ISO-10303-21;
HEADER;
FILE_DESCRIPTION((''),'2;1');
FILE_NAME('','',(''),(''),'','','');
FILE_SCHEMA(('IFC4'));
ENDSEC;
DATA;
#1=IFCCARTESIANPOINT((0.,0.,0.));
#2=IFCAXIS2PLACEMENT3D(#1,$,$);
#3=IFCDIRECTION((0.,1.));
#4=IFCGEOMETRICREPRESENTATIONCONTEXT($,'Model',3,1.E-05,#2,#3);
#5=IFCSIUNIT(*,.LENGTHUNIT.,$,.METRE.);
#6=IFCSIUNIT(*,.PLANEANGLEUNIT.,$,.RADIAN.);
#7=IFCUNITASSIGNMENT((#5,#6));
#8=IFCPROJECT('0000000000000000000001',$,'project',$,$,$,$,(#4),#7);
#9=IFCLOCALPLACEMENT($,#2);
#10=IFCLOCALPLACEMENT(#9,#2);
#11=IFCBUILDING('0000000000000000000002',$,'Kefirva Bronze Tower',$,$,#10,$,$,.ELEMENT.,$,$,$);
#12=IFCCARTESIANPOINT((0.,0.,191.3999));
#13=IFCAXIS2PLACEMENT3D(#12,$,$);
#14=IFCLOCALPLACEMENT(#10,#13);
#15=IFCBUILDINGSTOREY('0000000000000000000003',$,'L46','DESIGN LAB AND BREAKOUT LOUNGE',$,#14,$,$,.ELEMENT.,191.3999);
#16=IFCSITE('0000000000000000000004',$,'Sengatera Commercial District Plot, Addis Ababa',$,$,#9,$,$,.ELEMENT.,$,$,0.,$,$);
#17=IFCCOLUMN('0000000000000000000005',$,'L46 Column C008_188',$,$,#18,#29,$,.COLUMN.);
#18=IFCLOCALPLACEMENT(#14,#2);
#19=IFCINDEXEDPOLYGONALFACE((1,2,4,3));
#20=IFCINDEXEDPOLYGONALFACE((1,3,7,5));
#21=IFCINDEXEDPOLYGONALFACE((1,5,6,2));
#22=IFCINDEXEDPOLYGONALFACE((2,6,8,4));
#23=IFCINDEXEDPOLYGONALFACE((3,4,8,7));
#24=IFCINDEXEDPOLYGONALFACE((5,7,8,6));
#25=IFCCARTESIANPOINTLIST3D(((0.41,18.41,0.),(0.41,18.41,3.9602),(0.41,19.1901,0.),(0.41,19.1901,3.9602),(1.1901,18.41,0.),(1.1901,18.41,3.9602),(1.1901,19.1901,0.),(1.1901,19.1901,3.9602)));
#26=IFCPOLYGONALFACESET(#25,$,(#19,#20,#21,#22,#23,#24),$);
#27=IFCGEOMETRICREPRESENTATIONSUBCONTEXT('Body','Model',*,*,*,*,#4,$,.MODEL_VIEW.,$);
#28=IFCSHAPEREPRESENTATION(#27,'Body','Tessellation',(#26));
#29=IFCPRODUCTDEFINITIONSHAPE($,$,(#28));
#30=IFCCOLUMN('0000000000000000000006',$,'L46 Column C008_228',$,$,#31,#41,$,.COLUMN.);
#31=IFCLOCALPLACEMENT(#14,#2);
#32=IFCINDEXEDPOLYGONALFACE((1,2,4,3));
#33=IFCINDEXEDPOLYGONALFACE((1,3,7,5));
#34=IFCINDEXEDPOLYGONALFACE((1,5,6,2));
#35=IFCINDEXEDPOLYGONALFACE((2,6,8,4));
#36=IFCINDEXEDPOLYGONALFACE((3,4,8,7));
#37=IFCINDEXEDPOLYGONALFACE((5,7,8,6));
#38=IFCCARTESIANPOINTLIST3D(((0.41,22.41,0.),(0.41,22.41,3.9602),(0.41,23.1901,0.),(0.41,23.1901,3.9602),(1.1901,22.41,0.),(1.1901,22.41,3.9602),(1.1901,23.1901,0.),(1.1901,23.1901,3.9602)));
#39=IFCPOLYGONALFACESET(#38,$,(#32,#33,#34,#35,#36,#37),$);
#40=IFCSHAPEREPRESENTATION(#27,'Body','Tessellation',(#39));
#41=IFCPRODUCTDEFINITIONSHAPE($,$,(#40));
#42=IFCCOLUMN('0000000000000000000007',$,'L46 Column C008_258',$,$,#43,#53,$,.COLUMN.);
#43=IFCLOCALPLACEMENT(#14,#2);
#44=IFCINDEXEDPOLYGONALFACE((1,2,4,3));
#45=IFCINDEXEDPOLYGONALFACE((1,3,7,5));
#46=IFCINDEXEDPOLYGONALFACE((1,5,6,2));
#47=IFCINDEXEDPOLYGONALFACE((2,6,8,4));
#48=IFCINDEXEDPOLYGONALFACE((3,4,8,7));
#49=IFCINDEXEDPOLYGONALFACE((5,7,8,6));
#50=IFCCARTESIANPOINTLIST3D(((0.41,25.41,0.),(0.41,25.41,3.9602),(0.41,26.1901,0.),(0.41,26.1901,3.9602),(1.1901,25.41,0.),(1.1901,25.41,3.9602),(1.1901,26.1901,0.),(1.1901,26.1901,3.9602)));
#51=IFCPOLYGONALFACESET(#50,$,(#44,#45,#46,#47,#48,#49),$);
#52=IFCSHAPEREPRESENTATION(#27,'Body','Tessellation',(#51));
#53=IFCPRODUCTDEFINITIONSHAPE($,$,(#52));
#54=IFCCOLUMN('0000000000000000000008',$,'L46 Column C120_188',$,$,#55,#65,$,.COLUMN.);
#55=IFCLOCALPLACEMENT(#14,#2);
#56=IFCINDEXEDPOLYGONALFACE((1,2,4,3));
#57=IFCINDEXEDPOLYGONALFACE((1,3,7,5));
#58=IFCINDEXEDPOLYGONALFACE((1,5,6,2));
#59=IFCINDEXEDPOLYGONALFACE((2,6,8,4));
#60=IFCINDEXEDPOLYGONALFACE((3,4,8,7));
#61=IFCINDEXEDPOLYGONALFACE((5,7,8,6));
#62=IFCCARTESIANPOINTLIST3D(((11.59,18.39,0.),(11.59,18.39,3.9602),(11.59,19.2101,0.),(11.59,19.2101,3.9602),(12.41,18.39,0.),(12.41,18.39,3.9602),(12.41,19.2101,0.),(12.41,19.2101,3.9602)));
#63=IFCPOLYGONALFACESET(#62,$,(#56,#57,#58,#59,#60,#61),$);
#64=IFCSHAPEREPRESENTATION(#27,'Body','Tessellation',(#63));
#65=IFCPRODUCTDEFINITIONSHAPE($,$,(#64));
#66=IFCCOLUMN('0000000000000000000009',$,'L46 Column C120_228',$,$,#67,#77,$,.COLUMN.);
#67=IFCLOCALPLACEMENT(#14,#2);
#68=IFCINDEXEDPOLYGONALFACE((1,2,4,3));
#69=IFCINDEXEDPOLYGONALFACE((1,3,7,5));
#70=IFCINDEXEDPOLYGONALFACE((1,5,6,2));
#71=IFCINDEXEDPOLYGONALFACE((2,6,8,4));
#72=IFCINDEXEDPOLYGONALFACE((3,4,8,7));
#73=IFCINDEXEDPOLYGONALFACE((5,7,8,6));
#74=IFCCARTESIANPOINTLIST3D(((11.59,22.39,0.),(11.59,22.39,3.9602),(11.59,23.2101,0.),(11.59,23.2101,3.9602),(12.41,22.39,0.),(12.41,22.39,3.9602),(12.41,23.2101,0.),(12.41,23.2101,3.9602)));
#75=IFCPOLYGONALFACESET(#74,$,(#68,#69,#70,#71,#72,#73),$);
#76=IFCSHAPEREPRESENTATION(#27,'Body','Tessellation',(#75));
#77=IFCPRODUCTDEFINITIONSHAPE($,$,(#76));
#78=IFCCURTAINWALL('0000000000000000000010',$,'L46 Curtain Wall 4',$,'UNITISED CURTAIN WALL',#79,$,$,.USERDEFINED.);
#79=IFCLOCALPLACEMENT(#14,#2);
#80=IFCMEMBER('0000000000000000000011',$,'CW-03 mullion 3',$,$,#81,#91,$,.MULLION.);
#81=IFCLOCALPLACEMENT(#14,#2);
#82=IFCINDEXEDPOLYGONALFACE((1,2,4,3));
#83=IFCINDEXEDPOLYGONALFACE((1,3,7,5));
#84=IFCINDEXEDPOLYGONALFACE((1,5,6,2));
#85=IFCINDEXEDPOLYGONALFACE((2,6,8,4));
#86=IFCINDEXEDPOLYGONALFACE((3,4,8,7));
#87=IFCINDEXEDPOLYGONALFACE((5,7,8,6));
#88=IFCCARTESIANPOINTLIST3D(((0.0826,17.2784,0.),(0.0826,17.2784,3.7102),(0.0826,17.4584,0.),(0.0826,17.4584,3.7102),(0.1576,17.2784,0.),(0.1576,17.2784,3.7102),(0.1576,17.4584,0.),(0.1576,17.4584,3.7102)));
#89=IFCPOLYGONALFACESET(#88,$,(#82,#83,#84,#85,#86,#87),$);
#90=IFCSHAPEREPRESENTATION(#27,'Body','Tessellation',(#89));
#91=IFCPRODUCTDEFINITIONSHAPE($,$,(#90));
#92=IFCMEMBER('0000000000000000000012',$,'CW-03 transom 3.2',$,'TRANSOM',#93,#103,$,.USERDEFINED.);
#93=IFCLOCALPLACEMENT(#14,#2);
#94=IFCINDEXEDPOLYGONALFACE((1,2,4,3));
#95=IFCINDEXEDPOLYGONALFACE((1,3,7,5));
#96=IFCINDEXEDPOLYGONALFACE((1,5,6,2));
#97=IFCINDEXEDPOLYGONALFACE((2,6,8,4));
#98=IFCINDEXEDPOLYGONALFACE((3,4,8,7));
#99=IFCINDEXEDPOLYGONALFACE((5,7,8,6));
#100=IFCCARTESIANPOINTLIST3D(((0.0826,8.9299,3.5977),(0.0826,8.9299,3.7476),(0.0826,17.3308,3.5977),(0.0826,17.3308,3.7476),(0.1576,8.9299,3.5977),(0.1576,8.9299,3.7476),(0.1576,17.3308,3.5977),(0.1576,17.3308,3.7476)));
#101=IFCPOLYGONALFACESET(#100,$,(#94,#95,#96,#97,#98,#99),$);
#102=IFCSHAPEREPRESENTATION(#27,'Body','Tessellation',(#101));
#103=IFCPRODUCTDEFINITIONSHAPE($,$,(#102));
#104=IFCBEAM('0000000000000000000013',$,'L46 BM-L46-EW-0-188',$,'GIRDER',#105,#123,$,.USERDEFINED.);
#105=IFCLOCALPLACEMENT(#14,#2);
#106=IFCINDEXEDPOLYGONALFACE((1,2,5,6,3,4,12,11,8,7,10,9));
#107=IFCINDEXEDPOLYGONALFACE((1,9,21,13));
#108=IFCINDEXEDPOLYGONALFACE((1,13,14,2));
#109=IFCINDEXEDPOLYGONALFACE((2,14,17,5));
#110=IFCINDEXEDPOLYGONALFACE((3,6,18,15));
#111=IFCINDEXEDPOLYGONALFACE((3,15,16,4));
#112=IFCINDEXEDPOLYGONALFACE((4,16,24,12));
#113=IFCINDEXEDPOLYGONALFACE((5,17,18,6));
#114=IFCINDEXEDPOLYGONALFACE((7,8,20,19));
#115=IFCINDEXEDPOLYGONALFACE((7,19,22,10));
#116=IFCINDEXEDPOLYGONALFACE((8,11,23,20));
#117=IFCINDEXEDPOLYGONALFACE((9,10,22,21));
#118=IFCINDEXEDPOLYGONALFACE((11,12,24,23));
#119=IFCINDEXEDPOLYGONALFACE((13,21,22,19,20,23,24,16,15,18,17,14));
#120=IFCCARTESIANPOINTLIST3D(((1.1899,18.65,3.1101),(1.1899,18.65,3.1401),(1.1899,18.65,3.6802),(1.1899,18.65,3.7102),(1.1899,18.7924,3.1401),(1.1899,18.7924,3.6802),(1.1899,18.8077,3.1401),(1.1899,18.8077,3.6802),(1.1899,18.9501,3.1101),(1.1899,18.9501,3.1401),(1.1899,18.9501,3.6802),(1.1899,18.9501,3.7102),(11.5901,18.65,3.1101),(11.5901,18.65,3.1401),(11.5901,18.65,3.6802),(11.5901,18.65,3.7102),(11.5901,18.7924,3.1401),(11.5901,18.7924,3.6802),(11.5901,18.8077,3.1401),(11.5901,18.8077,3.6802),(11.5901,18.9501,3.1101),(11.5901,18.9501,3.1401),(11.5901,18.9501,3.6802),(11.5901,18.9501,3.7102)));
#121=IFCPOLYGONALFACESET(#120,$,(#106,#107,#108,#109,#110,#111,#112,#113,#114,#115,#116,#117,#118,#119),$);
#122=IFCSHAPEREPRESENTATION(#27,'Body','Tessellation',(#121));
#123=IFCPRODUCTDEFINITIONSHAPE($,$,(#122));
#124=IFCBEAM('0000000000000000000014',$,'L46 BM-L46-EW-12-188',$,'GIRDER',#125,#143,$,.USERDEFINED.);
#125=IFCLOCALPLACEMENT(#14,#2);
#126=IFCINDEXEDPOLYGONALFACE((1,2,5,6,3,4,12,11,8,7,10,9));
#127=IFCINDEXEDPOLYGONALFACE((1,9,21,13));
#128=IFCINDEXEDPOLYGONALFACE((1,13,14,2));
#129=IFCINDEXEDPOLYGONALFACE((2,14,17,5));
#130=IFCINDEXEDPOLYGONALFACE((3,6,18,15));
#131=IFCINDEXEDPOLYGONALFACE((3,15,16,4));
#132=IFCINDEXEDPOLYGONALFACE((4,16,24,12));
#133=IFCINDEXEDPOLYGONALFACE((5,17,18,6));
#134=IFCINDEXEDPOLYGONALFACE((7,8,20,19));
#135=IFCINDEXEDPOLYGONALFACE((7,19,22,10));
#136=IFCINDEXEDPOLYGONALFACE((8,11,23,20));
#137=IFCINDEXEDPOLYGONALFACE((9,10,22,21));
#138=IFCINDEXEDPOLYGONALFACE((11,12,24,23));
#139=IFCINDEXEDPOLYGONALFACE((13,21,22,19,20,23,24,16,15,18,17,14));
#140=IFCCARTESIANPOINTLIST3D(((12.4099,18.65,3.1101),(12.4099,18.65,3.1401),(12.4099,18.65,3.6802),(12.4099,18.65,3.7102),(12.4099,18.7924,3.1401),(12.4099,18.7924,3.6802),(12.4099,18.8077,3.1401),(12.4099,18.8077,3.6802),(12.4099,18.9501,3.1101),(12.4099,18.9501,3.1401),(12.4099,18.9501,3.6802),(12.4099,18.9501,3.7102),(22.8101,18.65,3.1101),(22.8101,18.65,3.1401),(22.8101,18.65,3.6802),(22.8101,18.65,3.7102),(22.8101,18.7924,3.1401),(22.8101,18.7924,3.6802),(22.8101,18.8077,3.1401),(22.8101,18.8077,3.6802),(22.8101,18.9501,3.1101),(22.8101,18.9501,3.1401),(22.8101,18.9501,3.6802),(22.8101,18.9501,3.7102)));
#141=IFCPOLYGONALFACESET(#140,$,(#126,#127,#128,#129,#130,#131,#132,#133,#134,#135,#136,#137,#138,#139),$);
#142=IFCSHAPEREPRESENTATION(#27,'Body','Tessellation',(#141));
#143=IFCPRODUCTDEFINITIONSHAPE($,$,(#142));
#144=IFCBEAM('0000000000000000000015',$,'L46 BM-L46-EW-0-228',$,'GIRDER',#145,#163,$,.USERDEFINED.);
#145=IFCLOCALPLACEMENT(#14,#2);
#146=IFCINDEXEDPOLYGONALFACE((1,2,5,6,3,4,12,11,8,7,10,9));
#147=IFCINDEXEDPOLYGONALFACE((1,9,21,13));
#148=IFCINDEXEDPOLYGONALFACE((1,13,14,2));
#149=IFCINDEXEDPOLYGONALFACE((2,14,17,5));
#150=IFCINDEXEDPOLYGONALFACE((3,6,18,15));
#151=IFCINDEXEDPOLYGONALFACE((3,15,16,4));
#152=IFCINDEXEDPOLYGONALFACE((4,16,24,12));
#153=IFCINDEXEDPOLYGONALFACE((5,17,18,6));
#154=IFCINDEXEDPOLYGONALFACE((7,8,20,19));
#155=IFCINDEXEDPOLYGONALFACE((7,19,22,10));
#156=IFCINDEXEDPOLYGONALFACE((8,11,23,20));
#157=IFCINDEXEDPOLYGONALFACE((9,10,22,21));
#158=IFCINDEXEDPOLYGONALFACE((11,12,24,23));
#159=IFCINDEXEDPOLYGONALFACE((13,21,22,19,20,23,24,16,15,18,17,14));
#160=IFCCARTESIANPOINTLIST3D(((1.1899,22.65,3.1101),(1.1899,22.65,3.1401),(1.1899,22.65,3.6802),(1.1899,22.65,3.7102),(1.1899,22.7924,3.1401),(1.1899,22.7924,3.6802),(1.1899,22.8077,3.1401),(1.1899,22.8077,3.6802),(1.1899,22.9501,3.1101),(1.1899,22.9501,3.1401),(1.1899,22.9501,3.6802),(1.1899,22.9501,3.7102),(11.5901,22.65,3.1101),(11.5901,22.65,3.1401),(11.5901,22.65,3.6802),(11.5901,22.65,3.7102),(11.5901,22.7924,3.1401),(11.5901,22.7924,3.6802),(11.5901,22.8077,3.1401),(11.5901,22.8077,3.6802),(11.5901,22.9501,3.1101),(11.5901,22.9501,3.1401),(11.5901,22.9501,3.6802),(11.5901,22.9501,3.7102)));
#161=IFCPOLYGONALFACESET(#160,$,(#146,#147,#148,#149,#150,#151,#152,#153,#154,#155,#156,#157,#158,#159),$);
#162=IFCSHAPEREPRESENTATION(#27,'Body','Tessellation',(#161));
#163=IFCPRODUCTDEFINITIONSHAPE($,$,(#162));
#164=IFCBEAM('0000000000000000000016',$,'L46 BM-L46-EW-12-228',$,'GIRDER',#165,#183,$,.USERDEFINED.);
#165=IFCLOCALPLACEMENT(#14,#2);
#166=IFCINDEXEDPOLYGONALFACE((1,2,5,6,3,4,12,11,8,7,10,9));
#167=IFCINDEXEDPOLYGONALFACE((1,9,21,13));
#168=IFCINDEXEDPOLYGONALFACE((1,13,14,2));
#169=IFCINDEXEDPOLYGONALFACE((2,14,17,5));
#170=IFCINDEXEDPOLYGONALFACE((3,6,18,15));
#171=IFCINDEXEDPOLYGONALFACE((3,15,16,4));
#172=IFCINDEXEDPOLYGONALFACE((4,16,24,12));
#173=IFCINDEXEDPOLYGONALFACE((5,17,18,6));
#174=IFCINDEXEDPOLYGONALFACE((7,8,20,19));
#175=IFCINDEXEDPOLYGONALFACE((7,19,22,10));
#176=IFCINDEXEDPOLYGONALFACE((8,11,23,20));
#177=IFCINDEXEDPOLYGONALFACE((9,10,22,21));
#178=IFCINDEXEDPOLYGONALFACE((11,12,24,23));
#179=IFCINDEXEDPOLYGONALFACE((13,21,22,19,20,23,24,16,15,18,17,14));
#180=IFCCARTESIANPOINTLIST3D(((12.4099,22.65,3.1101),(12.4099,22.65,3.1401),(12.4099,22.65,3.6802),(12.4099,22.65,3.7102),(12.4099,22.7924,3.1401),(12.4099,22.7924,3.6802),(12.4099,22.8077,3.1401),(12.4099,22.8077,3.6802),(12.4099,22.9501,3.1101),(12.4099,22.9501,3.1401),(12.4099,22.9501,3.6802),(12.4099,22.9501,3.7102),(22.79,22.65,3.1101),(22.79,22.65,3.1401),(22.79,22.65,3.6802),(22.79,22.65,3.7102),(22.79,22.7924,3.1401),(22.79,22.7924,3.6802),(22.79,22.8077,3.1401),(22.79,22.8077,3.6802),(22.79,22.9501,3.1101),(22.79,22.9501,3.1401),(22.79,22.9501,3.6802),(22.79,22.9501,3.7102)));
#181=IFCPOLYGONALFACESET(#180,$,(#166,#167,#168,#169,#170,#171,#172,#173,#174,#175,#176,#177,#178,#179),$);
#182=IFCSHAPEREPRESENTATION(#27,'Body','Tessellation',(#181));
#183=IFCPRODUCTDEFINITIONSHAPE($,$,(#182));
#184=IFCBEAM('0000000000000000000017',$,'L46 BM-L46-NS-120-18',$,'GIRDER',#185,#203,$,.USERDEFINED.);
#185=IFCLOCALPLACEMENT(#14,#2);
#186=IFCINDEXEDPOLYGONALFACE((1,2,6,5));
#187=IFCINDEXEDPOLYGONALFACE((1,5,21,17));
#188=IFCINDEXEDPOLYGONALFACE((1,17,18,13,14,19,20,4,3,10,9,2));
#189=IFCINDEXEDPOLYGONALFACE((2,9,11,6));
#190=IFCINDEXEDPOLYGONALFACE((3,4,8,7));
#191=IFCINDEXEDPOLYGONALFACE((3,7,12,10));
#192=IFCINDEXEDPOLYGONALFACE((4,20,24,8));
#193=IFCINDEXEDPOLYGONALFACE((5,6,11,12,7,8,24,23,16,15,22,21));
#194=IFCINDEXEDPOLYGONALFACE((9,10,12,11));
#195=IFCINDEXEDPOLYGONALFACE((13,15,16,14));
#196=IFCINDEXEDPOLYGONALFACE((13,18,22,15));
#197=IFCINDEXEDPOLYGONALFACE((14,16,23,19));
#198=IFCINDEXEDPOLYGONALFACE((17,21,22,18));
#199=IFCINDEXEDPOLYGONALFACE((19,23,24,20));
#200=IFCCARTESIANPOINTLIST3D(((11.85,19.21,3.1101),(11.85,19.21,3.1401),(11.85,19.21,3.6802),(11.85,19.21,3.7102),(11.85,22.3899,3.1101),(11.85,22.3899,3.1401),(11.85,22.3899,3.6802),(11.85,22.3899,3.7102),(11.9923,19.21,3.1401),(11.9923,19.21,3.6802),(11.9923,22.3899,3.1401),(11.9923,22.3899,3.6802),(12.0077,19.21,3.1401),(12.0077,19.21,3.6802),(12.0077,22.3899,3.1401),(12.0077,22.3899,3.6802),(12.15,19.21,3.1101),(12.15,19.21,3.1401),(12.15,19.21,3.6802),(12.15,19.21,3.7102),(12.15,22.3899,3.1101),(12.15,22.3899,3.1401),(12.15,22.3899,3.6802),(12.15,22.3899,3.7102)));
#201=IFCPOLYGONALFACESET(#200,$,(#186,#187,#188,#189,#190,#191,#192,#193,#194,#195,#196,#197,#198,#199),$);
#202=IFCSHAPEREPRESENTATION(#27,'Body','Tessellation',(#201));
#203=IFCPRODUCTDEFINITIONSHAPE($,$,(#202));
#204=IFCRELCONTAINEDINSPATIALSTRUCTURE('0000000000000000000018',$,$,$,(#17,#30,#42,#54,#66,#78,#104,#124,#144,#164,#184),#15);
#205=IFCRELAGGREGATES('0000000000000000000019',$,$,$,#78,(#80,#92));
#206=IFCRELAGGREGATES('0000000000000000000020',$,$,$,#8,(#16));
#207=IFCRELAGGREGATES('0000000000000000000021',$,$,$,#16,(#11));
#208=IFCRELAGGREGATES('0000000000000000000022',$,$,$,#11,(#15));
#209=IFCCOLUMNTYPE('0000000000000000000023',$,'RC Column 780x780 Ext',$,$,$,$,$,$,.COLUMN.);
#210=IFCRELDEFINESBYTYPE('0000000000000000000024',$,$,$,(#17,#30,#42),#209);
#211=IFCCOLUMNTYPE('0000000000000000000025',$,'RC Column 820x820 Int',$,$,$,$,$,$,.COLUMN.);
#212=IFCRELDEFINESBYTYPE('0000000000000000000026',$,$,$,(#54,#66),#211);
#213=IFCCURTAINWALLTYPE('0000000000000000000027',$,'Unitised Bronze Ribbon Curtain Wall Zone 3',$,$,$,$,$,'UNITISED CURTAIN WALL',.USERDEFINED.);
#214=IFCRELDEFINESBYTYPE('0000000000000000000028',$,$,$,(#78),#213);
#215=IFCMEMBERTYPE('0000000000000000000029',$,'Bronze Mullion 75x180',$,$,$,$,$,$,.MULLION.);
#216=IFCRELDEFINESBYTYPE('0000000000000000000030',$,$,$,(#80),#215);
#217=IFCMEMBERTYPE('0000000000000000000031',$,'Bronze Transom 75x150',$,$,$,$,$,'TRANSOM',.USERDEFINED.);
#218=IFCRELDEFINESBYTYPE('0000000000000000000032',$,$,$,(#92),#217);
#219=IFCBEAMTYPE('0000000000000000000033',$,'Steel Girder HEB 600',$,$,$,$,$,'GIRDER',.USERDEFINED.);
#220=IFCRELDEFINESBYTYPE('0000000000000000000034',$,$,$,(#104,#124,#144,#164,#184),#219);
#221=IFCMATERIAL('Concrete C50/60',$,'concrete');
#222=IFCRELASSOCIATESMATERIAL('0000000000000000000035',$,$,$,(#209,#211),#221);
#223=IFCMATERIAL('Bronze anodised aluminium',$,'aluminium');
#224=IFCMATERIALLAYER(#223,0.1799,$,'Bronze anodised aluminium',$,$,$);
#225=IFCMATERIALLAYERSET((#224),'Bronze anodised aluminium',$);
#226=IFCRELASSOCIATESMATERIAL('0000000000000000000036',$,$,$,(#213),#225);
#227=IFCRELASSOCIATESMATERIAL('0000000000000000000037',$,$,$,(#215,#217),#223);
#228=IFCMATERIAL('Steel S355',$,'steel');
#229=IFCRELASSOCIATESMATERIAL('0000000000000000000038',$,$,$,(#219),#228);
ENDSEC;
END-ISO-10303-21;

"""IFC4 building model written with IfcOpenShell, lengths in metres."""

from ifc_helpers import new_model, si_unit, direction, frame, origin, origin_2d, place, context, subcontext, project, spatial, rectangle, i_section, extrude, material, layer, layer_set, material_profile, profile_set, type_object, element, aggregate, save


model = new_model("IFC4")

# Units and contexts
model_context = context("Model", 3, precision=1e-05, world=origin(), true_north=direction((0.0, 1.0)))
body_context = subcontext(model_context, "Body", "Model", "MODEL_VIEW")
ifc_project = project(units=[si_unit("LENGTHUNIT", "METRE"), si_unit("PLANEANGLEUNIT", "RADIAN")], contexts=[model_context])

# Site, building, storey
site_placement = place(None, origin())
site = spatial("IfcSite", under=ifc_project, at=site_placement, Name="Sengatera Commercial District Plot, Addis Ababa", CompositionType="ELEMENT", RefElevation=0.0)
building_placement = place(site_placement, origin())
building = spatial("IfcBuilding", under=site, at=building_placement, Name="Kefirva Bronze Tower", CompositionType="ELEMENT")
storey_placement = place(building_placement, frame((0.0, 0.0, 191.3999)))
storey = spatial("IfcBuildingStorey", under=building, at=storey_placement, Name="L46", Description="DESIGN LAB AND BREAKOUT LOUNGE", CompositionType="ELEMENT", Elevation=191.3999)

# Columns
ifc_material_1 = material(Name="Concrete C50/60", Category="concrete")
ifc_material_profile_1 = material_profile(ifc_material_1, rectangle(XDim=0.78, YDim=0.78, at=origin_2d()), Name="RC 780x780")
ifc_profile_set_1 = profile_set([ifc_material_profile_1], Name="Concrete C50/60")
column_type_1 = type_object("IfcColumnType", Name="RC Column 780x780 Ext", PredefinedType="COLUMN", material=ifc_profile_set_1)
for number, where, z_axis, x_axis, name in (
    (1, (0.8, 18.8, 0.0), (0.0, 0.0, 1.0), (1.0, 0.0, 0.0), "L46 Column C008_188"),
    (2, (0.8, 22.8, 0.0), (0.0, 0.0, 1.0), (1.0, 0.0, 0.0), "L46 Column C008_228"),
    (3, (0.8, 25.8, 0.0), (0.0, 0.0, 1.0), (1.0, 0.0, 0.0), "L46 Column C008_258"),
):
    element("IfcColumn", number, at=place(storey_placement, frame(where, z_axis=z_axis, x_axis=x_axis)), inside=storey, type_object=column_type_1, Name=name, PredefinedType="COLUMN", context=body_context, shape_type="SweptSolid", body=[
        extrude(rectangle(XDim=0.78, YDim=0.78, at=origin_2d()), origin(), (0.0, 0.0, 1.0), 3.9602),
    ])
ifc_material_profile_2 = material_profile(ifc_material_1, rectangle(XDim=0.8201, YDim=0.8201, at=origin_2d()), Name="RC 820x820")
ifc_profile_set_2 = profile_set([ifc_material_profile_2], Name="Concrete C50/60")
column_type_2 = type_object("IfcColumnType", Name="RC Column 820x820 Int", PredefinedType="COLUMN", material=ifc_profile_set_2)
for number, where, z_axis, x_axis, name in (
    (4, (12.0, 18.8, 0.0), (0.0, 0.0, 1.0), (1.0, 0.0, 0.0), "L46 Column C120_188"),
    (5, (12.0, 22.8, 0.0), (0.0, 0.0, 1.0), (1.0, 0.0, 0.0), "L46 Column C120_228"),
):
    element("IfcColumn", number, at=place(storey_placement, frame(where, z_axis=z_axis, x_axis=x_axis)), inside=storey, type_object=column_type_2, Name=name, PredefinedType="COLUMN", context=body_context, shape_type="SweptSolid", body=[
        extrude(rectangle(XDim=0.8201, YDim=0.8201, at=origin_2d()), origin(), (0.0, 0.0, 1.0), 3.9602),
    ])

# Curtain wall, members
ifc_material_2 = material(Name="Bronze anodised aluminium", Category="aluminium")
ifc_layer_1 = layer(ifc_material_2, 0.1799, Name="Bronze anodised aluminium")
ifc_layer_set_1 = layer_set([ifc_layer_1], Name="Bronze anodised aluminium")
curtain_wall_type = type_object("IfcCurtainWallType", Name="Unitised Bronze Ribbon Curtain Wall Zone 3", ElementType="UNITISED CURTAIN WALL", PredefinedType="USERDEFINED", material=ifc_layer_set_1)
curtain_wall_placement = place(storey_placement, origin())
curtain_wall = element("IfcCurtainWall", 6, at=curtain_wall_placement, inside=storey, type_object=curtain_wall_type, Name="L46 Curtain Wall 4", ObjectType="UNITISED CURTAIN WALL", PredefinedType="USERDEFINED")
ifc_material_profile_3 = material_profile(ifc_material_2, rectangle(XDim=0.075, YDim=0.1799, at=origin_2d()), Name="ALU 75x180")
ifc_profile_set_3 = profile_set([ifc_material_profile_3], Name="Bronze anodised aluminium")
member_type_1 = type_object("IfcMemberType", Name="Bronze Mullion 75x180", PredefinedType="MULLION", material=ifc_profile_set_3)
member_1_placement = place(storey_placement, frame((0.1201, 17.3684, 0.0), z_axis=(0.0, 0.0, 1.0), x_axis=(1.0, 0.0, 0.0)))
member_1 = element("IfcMember", 7, at=member_1_placement, type_object=member_type_1, Name="CW-03 mullion 3", PredefinedType="MULLION", context=body_context, shape_type="SweptSolid", body=[
    extrude(rectangle(XDim=0.075, YDim=0.1799, at=origin_2d()), origin(), (0.0, 0.0, 1.0), 3.7102),
])
ifc_material_profile_4 = material_profile(ifc_material_2, rectangle(XDim=0.075, YDim=0.1499, at=origin_2d()), Name="ALU 75x150")
ifc_profile_set_4 = profile_set([ifc_material_profile_4], Name="Bronze anodised aluminium")
member_type_2 = type_object("IfcMemberType", Name="Bronze Transom 75x150", ElementType="TRANSOM", PredefinedType="USERDEFINED", material=ifc_profile_set_4)
member_2_placement = place(storey_placement, frame((0.1201, 17.3308, 3.6726), z_axis=(0.0, -1.0, 0.0), x_axis=(1.0, 0.0, 0.0)))
member_2 = element("IfcMember", 8, at=member_2_placement, type_object=member_type_2, Name="CW-03 transom 3.2", ObjectType="TRANSOM", PredefinedType="USERDEFINED", context=body_context, shape_type="SweptSolid", body=[
    extrude(rectangle(XDim=0.075, YDim=0.1499, at=origin_2d()), origin(), (0.0, 0.0, 1.0), 8.4009),
])

# Beams
ifc_material_3 = material(Name="Steel S355", Category="steel")
ifc_material_profile_5 = material_profile(ifc_material_3, i_section(OverallWidth=0.3, OverallDepth=0.6001, WebThickness=0.0154, FlangeThickness=0.03, at=origin_2d()), Name="HEB 600")
ifc_profile_set_5 = profile_set([ifc_material_profile_5], Name="Steel S355")
beam_type_1 = type_object("IfcBeamType", Name="Steel Girder HEB 600", ElementType="GIRDER", PredefinedType="USERDEFINED", material=ifc_profile_set_5)
for number, where, z_axis, x_axis, name in (
    (9, (1.1899, 18.8, 3.4102), (1.0, 0.0, 0.0), (0.0, 1.0, 0.0), "L46 BM-L46-EW-0-188"),
    (10, (12.4099, 18.8, 3.4102), (1.0, 0.0, 0.0), (0.0, 1.0, 0.0), "L46 BM-L46-EW-12-188"),
    (11, (1.1899, 22.8, 3.4102), (1.0, 0.0, 0.0), (0.0, 1.0, 0.0), "L46 BM-L46-EW-0-228"),
):
    element("IfcBeam", number, at=place(storey_placement, frame(where, z_axis=z_axis, x_axis=x_axis)), inside=storey, type_object=beam_type_1, Name=name, ObjectType="GIRDER", PredefinedType="USERDEFINED", context=body_context, shape_type="SweptSolid", body=[
        extrude(i_section(OverallWidth=0.3, OverallDepth=0.6001, WebThickness=0.0154, FlangeThickness=0.03, at=origin_2d()), origin(), (0.0, 0.0, 1.0), 10.4001),
    ])
beam_1_placement = place(storey_placement, frame((12.4099, 22.8, 3.4102), z_axis=(1.0, 0.0, 0.0), x_axis=(0.0, 1.0, 0.0)))
element("IfcBeam", 12, at=beam_1_placement, inside=storey, type_object=beam_type_1, Name="L46 BM-L46-EW-12-228", ObjectType="GIRDER", PredefinedType="USERDEFINED", context=body_context, shape_type="SweptSolid", body=[
    extrude(i_section(OverallWidth=0.3, OverallDepth=0.6001, WebThickness=0.0154, FlangeThickness=0.03, at=origin_2d()), origin(), (0.0, 0.0, 1.0), 10.3801),
])
beam_2_placement = place(storey_placement, frame((12.0, 19.21, 3.4102), z_axis=(0.0, 1.0, 0.0), x_axis=(-1.0, 0.0, 0.0)))
element("IfcBeam", 13, at=beam_2_placement, inside=storey, type_object=beam_type_1, Name="L46 BM-L46-NS-120-18", ObjectType="GIRDER", PredefinedType="USERDEFINED", context=body_context, shape_type="SweptSolid", body=[
    extrude(i_section(OverallWidth=0.3, OverallDepth=0.6001, WebThickness=0.0154, FlangeThickness=0.03, at=origin_2d()), origin(), (0.0, 0.0, 1.0), 3.1799),
])

aggregate(curtain_wall, [member_1, member_2])

save(model, "model.ifc")
